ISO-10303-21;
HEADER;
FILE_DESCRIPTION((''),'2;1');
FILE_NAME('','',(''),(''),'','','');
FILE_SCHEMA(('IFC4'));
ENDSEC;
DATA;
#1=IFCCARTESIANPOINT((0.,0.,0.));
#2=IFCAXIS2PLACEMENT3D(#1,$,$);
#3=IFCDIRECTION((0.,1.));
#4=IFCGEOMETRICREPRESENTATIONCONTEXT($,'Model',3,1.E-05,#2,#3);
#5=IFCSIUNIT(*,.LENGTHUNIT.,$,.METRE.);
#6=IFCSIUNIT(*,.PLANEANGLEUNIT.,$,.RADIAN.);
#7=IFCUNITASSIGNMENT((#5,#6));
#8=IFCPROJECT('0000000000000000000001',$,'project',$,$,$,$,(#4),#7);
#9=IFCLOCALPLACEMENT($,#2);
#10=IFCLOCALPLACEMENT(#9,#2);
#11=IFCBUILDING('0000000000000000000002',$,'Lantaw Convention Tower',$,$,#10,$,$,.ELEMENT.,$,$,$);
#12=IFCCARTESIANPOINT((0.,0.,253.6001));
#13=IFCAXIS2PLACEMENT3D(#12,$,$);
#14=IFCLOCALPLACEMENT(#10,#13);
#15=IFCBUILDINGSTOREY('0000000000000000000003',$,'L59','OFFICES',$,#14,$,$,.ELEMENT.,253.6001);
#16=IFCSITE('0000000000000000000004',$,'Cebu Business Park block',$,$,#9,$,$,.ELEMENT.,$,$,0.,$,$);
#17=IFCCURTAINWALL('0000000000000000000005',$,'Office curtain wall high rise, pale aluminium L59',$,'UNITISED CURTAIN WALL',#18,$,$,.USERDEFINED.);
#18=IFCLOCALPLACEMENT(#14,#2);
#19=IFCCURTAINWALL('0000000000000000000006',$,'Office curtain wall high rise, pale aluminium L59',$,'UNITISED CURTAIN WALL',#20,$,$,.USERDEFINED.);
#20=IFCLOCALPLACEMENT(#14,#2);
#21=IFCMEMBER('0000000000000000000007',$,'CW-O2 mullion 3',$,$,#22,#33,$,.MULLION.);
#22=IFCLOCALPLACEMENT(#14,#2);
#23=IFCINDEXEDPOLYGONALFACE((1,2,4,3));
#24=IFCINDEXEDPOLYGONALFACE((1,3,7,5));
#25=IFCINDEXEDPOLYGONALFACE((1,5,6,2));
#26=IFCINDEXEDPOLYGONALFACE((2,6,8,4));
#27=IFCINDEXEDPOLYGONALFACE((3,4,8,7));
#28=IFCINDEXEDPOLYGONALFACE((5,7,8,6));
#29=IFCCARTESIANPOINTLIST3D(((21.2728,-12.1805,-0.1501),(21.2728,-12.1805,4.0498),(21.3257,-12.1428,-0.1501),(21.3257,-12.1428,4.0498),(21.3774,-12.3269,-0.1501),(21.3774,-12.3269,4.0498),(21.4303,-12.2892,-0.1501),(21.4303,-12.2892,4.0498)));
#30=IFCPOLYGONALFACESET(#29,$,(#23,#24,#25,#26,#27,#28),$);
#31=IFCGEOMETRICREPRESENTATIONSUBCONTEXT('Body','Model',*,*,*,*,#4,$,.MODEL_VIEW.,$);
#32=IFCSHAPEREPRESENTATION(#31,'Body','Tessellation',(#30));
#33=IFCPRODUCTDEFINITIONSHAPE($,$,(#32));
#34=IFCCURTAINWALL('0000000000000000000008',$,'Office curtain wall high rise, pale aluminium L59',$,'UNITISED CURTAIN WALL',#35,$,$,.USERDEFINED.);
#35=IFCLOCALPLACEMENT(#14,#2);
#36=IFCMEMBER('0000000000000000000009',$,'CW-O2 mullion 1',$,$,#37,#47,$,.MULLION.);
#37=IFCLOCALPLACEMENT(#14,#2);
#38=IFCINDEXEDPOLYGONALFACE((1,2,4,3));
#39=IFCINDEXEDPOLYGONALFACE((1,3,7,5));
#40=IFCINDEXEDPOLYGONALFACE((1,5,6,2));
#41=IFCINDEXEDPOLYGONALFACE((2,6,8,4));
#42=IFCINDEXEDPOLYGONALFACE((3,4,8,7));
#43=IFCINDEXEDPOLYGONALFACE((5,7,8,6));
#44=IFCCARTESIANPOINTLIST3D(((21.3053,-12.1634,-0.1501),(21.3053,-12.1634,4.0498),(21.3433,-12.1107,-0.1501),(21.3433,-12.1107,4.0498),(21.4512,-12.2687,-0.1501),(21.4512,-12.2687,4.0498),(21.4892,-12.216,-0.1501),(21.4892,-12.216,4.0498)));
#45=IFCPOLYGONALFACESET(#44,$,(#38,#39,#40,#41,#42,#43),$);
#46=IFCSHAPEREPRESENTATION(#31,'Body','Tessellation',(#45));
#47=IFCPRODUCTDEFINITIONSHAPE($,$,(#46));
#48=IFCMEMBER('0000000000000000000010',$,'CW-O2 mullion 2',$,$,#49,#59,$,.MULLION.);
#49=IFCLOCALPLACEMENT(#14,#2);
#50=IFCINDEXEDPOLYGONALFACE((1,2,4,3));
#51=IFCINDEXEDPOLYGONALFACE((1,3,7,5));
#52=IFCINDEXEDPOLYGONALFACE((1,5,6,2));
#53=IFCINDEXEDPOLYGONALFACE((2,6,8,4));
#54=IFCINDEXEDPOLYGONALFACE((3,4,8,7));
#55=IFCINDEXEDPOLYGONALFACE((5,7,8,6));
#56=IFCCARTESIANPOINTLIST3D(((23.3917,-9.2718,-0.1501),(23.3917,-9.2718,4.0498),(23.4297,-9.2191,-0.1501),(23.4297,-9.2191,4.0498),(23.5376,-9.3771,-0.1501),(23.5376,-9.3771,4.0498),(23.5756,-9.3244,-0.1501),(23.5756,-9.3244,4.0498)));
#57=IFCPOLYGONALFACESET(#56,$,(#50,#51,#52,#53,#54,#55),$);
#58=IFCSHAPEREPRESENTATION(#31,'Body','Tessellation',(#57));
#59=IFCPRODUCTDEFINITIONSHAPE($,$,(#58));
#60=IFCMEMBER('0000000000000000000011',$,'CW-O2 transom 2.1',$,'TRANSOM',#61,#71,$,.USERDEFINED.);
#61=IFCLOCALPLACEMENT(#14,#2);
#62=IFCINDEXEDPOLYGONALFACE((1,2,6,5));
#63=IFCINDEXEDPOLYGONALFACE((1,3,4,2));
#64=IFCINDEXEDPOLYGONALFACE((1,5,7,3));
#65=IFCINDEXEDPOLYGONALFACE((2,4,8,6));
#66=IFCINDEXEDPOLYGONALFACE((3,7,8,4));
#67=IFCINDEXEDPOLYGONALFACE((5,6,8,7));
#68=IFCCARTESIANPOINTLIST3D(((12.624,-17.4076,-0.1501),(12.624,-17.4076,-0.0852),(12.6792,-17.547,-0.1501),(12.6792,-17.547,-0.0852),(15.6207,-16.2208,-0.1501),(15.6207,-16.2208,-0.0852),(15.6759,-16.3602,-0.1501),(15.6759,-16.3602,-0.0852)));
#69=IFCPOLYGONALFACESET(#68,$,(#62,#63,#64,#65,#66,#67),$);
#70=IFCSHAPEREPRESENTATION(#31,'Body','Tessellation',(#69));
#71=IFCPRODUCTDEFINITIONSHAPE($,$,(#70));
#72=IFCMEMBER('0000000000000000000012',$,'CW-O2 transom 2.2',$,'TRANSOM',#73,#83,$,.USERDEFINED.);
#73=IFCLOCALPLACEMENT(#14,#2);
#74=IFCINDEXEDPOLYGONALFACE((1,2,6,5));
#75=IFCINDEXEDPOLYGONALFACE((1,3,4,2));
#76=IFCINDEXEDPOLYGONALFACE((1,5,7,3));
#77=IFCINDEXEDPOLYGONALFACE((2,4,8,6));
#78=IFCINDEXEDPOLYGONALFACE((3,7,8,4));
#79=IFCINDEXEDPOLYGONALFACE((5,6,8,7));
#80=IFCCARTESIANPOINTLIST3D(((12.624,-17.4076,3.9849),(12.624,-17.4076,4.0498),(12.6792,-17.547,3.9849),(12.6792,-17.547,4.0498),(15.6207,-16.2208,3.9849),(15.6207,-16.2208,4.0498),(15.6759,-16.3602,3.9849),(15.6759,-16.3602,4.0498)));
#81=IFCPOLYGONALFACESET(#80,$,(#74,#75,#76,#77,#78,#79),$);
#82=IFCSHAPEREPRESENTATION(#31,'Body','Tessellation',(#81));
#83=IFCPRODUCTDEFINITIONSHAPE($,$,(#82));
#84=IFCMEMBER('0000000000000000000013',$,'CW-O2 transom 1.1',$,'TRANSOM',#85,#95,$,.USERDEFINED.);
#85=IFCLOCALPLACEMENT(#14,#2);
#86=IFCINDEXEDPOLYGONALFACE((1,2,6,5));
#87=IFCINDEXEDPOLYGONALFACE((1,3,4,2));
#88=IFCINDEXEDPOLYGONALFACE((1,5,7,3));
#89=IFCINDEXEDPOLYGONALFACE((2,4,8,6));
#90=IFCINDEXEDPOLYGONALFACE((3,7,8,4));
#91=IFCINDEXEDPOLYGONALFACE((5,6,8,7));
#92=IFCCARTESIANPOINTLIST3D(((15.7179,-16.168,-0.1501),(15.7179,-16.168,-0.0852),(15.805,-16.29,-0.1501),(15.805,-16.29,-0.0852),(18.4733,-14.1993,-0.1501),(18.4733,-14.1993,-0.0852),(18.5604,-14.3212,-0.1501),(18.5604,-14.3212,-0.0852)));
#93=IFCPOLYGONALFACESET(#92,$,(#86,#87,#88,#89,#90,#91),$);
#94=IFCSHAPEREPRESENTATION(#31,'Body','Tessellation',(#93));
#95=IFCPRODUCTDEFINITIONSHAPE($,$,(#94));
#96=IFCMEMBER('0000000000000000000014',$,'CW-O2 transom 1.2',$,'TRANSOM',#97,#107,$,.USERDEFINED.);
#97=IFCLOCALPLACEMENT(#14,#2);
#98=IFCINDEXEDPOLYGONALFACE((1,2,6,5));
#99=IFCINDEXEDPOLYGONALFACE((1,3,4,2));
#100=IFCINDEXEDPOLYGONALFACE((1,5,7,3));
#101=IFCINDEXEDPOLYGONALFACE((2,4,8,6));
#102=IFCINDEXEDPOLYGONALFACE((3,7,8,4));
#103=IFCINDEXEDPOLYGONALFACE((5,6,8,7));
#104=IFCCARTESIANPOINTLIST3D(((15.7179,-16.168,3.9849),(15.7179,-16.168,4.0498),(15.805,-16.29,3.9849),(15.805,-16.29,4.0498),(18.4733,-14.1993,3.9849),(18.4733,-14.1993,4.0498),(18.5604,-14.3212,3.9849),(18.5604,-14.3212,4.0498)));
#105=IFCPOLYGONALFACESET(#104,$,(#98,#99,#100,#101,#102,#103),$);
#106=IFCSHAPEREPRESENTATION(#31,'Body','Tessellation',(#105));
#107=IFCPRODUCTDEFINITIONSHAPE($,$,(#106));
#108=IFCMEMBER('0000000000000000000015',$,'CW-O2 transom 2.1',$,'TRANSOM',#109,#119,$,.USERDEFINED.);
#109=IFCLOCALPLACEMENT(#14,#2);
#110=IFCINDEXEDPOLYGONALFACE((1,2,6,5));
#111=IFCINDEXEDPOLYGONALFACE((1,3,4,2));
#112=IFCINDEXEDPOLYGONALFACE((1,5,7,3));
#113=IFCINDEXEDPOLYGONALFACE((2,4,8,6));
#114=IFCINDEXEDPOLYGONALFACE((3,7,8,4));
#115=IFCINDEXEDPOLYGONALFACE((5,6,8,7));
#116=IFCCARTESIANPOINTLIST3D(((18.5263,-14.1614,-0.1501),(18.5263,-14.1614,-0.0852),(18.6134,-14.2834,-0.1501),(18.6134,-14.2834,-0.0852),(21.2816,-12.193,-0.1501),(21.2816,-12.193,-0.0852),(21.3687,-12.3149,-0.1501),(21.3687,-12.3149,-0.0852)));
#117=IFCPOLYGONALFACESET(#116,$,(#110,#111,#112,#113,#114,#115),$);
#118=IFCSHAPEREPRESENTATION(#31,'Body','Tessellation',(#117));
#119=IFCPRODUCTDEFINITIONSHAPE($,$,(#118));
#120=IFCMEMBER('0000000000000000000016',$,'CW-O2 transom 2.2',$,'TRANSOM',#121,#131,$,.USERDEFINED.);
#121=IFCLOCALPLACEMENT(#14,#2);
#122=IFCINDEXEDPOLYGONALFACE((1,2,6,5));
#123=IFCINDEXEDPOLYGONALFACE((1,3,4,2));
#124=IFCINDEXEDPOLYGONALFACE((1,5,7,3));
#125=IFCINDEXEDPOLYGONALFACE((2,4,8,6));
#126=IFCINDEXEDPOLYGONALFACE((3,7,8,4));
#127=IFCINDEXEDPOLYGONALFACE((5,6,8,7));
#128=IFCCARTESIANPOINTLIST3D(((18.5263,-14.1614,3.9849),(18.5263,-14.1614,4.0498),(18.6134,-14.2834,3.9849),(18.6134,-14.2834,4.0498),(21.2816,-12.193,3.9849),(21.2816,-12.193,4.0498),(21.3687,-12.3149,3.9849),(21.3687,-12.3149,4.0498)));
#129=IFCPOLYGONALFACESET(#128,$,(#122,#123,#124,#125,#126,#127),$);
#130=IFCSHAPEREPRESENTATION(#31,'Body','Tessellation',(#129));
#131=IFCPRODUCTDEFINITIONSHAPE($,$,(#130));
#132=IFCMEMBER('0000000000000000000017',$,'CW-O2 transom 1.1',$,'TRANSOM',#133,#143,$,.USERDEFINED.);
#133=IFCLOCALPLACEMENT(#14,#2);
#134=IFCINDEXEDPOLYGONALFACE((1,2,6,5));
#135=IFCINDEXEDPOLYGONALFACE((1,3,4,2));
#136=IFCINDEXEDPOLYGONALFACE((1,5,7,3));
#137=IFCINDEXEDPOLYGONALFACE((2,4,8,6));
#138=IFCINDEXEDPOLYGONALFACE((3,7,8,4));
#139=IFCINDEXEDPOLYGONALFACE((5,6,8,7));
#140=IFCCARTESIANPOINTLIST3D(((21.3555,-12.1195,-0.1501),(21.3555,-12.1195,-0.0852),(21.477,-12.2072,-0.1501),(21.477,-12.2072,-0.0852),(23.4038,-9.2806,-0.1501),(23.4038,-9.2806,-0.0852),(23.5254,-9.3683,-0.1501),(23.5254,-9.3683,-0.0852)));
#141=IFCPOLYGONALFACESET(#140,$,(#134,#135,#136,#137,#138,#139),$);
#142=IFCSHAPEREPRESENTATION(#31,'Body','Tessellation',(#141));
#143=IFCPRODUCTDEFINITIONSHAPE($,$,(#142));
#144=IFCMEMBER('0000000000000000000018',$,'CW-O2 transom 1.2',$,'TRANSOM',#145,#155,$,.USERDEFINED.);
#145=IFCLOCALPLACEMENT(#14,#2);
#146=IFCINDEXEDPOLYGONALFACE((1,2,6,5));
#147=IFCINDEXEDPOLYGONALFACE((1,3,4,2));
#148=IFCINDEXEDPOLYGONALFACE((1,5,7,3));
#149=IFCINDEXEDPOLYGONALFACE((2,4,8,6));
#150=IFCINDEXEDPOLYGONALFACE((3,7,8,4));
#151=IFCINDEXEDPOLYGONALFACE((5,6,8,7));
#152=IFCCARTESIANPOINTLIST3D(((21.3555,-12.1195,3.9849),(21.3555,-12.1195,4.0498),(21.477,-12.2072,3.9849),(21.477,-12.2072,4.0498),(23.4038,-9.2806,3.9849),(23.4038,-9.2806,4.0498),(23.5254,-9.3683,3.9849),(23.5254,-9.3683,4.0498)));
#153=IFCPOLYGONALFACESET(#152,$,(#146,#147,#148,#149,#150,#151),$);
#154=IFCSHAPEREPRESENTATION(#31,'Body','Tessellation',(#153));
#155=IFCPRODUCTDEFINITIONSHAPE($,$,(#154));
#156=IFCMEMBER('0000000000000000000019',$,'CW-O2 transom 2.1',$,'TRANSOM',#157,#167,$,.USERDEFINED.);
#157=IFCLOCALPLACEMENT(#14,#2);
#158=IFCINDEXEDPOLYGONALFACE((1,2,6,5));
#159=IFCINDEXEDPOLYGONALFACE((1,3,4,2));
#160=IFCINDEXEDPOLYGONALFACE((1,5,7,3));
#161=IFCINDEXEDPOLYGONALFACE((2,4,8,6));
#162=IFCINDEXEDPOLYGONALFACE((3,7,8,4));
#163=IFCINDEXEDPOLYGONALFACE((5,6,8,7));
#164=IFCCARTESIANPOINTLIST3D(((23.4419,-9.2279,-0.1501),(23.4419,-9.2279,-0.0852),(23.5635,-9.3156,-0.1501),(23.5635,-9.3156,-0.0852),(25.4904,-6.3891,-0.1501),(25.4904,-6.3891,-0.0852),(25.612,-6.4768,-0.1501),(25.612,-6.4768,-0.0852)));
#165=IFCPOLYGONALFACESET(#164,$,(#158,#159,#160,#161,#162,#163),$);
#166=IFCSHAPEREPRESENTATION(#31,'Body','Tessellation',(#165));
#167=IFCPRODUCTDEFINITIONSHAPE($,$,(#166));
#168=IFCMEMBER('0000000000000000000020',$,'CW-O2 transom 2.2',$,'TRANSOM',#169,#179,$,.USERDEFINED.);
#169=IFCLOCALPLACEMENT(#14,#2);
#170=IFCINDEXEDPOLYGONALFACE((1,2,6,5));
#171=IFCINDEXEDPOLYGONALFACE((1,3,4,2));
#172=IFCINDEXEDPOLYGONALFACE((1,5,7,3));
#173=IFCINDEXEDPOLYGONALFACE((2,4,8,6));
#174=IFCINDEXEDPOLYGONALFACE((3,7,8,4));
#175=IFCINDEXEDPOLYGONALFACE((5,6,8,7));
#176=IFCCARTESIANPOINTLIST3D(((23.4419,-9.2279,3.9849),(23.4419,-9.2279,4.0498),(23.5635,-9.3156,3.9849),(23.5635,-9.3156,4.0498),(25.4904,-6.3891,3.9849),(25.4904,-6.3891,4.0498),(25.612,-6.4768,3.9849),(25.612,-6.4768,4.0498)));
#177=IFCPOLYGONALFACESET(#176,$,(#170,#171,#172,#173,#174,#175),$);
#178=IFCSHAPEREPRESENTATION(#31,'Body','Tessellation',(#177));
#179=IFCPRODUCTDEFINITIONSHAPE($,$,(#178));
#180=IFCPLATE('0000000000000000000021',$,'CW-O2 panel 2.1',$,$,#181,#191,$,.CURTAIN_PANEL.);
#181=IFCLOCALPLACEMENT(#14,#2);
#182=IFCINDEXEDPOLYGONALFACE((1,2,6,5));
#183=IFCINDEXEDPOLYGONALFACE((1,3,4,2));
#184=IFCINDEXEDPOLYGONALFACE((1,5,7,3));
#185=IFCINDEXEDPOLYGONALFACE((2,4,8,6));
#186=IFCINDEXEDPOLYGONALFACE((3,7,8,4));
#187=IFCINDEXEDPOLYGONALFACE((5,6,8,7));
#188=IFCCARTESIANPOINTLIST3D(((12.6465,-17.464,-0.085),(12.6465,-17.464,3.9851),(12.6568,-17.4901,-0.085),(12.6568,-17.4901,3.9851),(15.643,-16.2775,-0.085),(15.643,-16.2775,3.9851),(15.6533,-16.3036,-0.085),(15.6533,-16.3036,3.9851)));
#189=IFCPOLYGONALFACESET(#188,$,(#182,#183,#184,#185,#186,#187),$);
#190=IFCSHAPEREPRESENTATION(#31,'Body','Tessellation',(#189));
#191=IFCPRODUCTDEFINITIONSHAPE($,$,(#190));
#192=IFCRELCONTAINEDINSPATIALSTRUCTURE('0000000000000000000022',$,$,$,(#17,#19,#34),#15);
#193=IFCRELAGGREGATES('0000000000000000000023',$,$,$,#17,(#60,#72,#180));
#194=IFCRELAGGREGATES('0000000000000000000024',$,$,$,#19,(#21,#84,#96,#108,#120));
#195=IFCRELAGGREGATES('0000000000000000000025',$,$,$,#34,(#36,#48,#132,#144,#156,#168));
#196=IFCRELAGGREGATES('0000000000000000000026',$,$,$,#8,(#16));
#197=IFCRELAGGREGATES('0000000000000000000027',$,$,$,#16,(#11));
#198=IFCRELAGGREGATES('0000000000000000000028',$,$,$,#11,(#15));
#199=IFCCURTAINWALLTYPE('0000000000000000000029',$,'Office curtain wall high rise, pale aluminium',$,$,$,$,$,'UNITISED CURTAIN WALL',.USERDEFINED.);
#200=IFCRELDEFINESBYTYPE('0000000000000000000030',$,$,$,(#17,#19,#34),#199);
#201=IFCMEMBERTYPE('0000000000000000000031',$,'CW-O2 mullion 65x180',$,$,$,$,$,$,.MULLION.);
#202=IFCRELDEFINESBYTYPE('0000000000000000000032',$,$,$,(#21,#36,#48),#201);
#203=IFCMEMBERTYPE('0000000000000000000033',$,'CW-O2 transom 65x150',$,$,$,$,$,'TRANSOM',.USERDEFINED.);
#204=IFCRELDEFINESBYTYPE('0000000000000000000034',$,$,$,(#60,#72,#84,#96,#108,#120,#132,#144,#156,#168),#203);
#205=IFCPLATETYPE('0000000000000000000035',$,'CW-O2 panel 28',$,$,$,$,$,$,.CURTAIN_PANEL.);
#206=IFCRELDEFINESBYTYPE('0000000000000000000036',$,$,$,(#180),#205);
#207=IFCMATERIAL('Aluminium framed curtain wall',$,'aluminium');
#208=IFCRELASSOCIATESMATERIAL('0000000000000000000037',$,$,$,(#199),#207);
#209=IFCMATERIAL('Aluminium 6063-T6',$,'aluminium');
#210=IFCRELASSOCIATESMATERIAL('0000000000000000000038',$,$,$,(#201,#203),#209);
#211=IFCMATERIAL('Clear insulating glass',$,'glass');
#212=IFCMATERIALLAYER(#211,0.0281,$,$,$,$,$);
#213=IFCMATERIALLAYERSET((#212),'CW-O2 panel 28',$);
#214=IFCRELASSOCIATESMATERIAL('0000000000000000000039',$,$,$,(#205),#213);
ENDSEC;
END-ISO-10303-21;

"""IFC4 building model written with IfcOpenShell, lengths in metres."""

from ifc_helpers import new_model, si_unit, direction, frame, origin, origin_2d, place, context, subcontext, project, spatial, rectangle, extrude, material, layer, layer_set, material_profile, profile_set, type_object, element, aggregate, save


model = new_model("IFC4")

# Units and contexts
model_context = context("Model", 3, precision=1e-05, world=origin(), true_north=direction((0.0, 1.0)))
body_context = subcontext(model_context, "Body", "Model", "MODEL_VIEW")
ifc_project = project(units=[si_unit("LENGTHUNIT", "METRE"), si_unit("PLANEANGLEUNIT", "RADIAN")], contexts=[model_context])

# Site, building, storey
site_placement = place(None, origin())
site = spatial("IfcSite", under=ifc_project, at=site_placement, Name="Cebu Business Park block", CompositionType="ELEMENT", RefElevation=0.0)
building_placement = place(site_placement, origin())
building = spatial("IfcBuilding", under=site, at=building_placement, Name="Lantaw Convention Tower", CompositionType="ELEMENT")
storey_placement = place(building_placement, frame((0.0, 0.0, 253.6001)))
storey = spatial("IfcBuildingStorey", under=building, at=storey_placement, Name="L59", Description="OFFICES", CompositionType="ELEMENT", Elevation=253.6001)

# Curtain wall
ifc_material_1 = material(Name="Aluminium framed curtain wall", Category="aluminium")
curtain_wall_type = type_object("IfcCurtainWallType", Name="Office curtain wall high rise, pale aluminium", ElementType="UNITISED CURTAIN WALL", PredefinedType="USERDEFINED", material=ifc_material_1)
curtain_wall_1_placement = place(storey_placement, origin())
curtain_wall_1 = element("IfcCurtainWall", 1, at=curtain_wall_1_placement, inside=storey, type_object=curtain_wall_type, Name="Office curtain wall high rise, pale aluminium L59", ObjectType="UNITISED CURTAIN WALL", PredefinedType="USERDEFINED")
ifc_material_2 = material(Name="Aluminium 6063-T6", Category="aluminium")
ifc_material_profile_1 = material_profile(ifc_material_2, rectangle(XDim=0.1799, YDim=0.0649, at=origin_2d()), Name="CW-O2 mullion 65x180")
ifc_profile_set_1 = profile_set([ifc_material_profile_1], Name="Aluminium 6063-T6")
member_type_1 = type_object("IfcMemberType", Name="CW-O2 mullion 65x180", PredefinedType="MULLION", material=ifc_profile_set_1)

# Curtain walls, members
curtain_wall_2_placement = place(storey_placement, origin())
curtain_wall_2 = element("IfcCurtainWall", 2, at=curtain_wall_2_placement, inside=storey, type_object=curtain_wall_type, Name="Office curtain wall high rise, pale aluminium L59", ObjectType="UNITISED CURTAIN WALL", PredefinedType="USERDEFINED")
member_1_placement = place(storey_placement, frame((21.3516, -12.2349, -0.1501), z_axis=(0.0, 0.0, 1.0), x_axis=(-0.581323, 0.813673, 0.0)))
member_1 = element("IfcMember", 3, at=member_1_placement, type_object=member_type_1, Name="CW-O2 mullion 3", PredefinedType="MULLION", context=body_context, shape_type="SweptSolid", body=[
    extrude(rectangle(XDim=0.1799, YDim=0.0649, at=origin_2d()), origin(), (0.0, 0.0, 1.0), 4.2),
])
curtain_wall_3_placement = place(storey_placement, origin())
curtain_wall_3 = element("IfcCurtainWall", 4, at=curtain_wall_3_placement, inside=storey, type_object=curtain_wall_type, Name="Office curtain wall high rise, pale aluminium L59", ObjectType="UNITISED CURTAIN WALL", PredefinedType="USERDEFINED")
member_2_placement = place(storey_placement, frame((21.3972, -12.1897, -0.1501), z_axis=(0.0, 0.0, 1.0), x_axis=(-0.81092, 0.585158, 0.0)))
member_2 = element("IfcMember", 5, at=member_2_placement, type_object=member_type_1, Name="CW-O2 mullion 1", PredefinedType="MULLION", context=body_context, shape_type="SweptSolid", body=[
    extrude(rectangle(XDim=0.1799, YDim=0.0649, at=origin_2d()), origin(), (0.0, 0.0, 1.0), 4.2),
])
member_3_placement = place(storey_placement, frame((23.4836, -9.2981, -0.1501), z_axis=(0.0, 0.0, 1.0), x_axis=(-0.81092, 0.585158, 0.0)))
member_3 = element("IfcMember", 6, at=member_3_placement, type_object=member_type_1, Name="CW-O2 mullion 2", PredefinedType="MULLION", context=body_context, shape_type="SweptSolid", body=[
    extrude(rectangle(XDim=0.1799, YDim=0.0649, at=origin_2d()), origin(), (0.0, 0.0, 1.0), 4.2),
])

# Members
ifc_material_profile_2 = material_profile(ifc_material_2, rectangle(XDim=0.1499, YDim=0.0649, at=origin_2d()), Name="CW-O2 transom 65x150")
ifc_profile_set_2 = profile_set([ifc_material_profile_2], Name="Aluminium 6063-T6")
member_type_2 = type_object("IfcMemberType", Name="CW-O2 transom 65x150", ElementType="TRANSOM", PredefinedType="USERDEFINED", material=ifc_profile_set_2)
member_4_placement = place(storey_placement, frame((12.6516, -17.4773, -0.1177), z_axis=(0.929741, 0.368215, 0.0), x_axis=(-0.368215, 0.929741, 0.0)))
member_4 = element("IfcMember", 7, at=member_4_placement, type_object=member_type_2, Name="CW-O2 transom 2.1", ObjectType="TRANSOM", PredefinedType="USERDEFINED", context=body_context, shape_type="SweptSolid", body=[
    extrude(rectangle(XDim=0.1499, YDim=0.0649, at=origin_2d()), origin(), (0.0, 0.0, 1.0), 3.2231),
])
member_5_placement = place(storey_placement, frame((12.6516, -17.4773, 4.0173), z_axis=(0.929741, 0.368215, 0.0), x_axis=(-0.368215, 0.929741, 0.0)))
member_5 = element("IfcMember", 8, at=member_5_placement, type_object=member_type_2, Name="CW-O2 transom 2.2", ObjectType="TRANSOM", PredefinedType="USERDEFINED", context=body_context, shape_type="SweptSolid", body=[
    extrude(rectangle(XDim=0.1499, YDim=0.0649, at=origin_2d()), origin(), (0.0, 0.0, 1.0), 3.2231),
])
member_6_placement = place(storey_placement, frame((15.7615, -16.229, -0.1177), z_axis=(0.813646, 0.581361, 0.0), x_axis=(-0.581361, 0.813646, 0.0)))
member_6 = element("IfcMember", 9, at=member_6_placement, type_object=member_type_2, Name="CW-O2 transom 1.1", ObjectType="TRANSOM", PredefinedType="USERDEFINED", context=body_context, shape_type="SweptSolid", body=[
    extrude(rectangle(XDim=0.1499, YDim=0.0649, at=origin_2d()), origin(), (0.0, 0.0, 1.0), 3.3865),
])
member_7_placement = place(storey_placement, frame((15.7615, -16.229, 4.0173), z_axis=(0.813646, 0.581361, 0.0), x_axis=(-0.581361, 0.813646, 0.0)))
member_7 = element("IfcMember", 10, at=member_7_placement, type_object=member_type_2, Name="CW-O2 transom 1.2", ObjectType="TRANSOM", PredefinedType="USERDEFINED", context=body_context, shape_type="SweptSolid", body=[
    extrude(rectangle(XDim=0.1499, YDim=0.0649, at=origin_2d()), origin(), (0.0, 0.0, 1.0), 3.3865),
])
member_8_placement = place(storey_placement, frame((18.5698, -14.2224, -0.1177), z_axis=(0.81368, 0.581313, 0.0), x_axis=(-0.581313, 0.81368, 0.0)))
member_8 = element("IfcMember", 11, at=member_8_placement, type_object=member_type_2, Name="CW-O2 transom 2.1", ObjectType="TRANSOM", PredefinedType="USERDEFINED", context=body_context, shape_type="SweptSolid", body=[
    extrude(rectangle(XDim=0.1499, YDim=0.0649, at=origin_2d()), origin(), (0.0, 0.0, 1.0), 3.3862),
])
member_9_placement = place(storey_placement, frame((18.5698, -14.2224, 4.0173), z_axis=(0.81368, 0.581313, 0.0), x_axis=(-0.581313, 0.81368, 0.0)))
member_9 = element("IfcMember", 12, at=member_9_placement, type_object=member_type_2, Name="CW-O2 transom 2.2", ObjectType="TRANSOM", PredefinedType="USERDEFINED", context=body_context, shape_type="SweptSolid", body=[
    extrude(rectangle(XDim=0.1499, YDim=0.0649, at=origin_2d()), origin(), (0.0, 0.0, 1.0), 3.3862),
])
member_10_placement = place(storey_placement, frame((21.4163, -12.1633, -0.1177), z_axis=(0.585124, 0.810944, 0.0), x_axis=(-0.810944, 0.585124, 0.0)))
member_10 = element("IfcMember", 13, at=member_10_placement, type_object=member_type_2, Name="CW-O2 transom 1.1", ObjectType="TRANSOM", PredefinedType="USERDEFINED", context=body_context, shape_type="SweptSolid", body=[
    extrude(rectangle(XDim=0.1499, YDim=0.0649, at=origin_2d()), origin(), (0.0, 0.0, 1.0), 3.5007),
])
member_11_placement = place(storey_placement, frame((21.4163, -12.1633, 4.0173), z_axis=(0.585124, 0.810944, 0.0), x_axis=(-0.810944, 0.585124, 0.0)))
member_11 = element("IfcMember", 14, at=member_11_placement, type_object=member_type_2, Name="CW-O2 transom 1.2", ObjectType="TRANSOM", PredefinedType="USERDEFINED", context=body_context, shape_type="SweptSolid", body=[
    extrude(rectangle(XDim=0.1499, YDim=0.0649, at=origin_2d()), origin(), (0.0, 0.0, 1.0), 3.5007),
])
member_12_placement = place(storey_placement, frame((23.5027, -9.2717, -0.1177), z_axis=(0.58517, 0.810911, 0.0), x_axis=(-0.810911, 0.58517, 0.0)))
member_12 = element("IfcMember", 15, at=member_12_placement, type_object=member_type_2, Name="CW-O2 transom 2.1", ObjectType="TRANSOM", PredefinedType="USERDEFINED", context=body_context, shape_type="SweptSolid", body=[
    extrude(rectangle(XDim=0.1499, YDim=0.0649, at=origin_2d()), origin(), (0.0, 0.0, 1.0), 3.5007),
])
member_13_placement = place(storey_placement, frame((23.5027, -9.2717, 4.0173), z_axis=(0.58517, 0.810911, 0.0), x_axis=(-0.810911, 0.58517, 0.0)))
member_13 = element("IfcMember", 16, at=member_13_placement, type_object=member_type_2, Name="CW-O2 transom 2.2", ObjectType="TRANSOM", PredefinedType="USERDEFINED", context=body_context, shape_type="SweptSolid", body=[
    extrude(rectangle(XDim=0.1499, YDim=0.0649, at=origin_2d()), origin(), (0.0, 0.0, 1.0), 3.5007),
])

# Plate
ifc_material_3 = material(Name="Clear insulating glass", Category="glass")
ifc_layer_1 = layer(ifc_material_3, 0.0281)
ifc_layer_set_1 = layer_set([ifc_layer_1], Name="CW-O2 panel 28")
plate_type_1 = type_object("IfcPlateType", Name="CW-O2 panel 28", PredefinedType="CURTAIN_PANEL", material=ifc_layer_set_1)
plate_1_placement = place(storey_placement, frame((14.1499, -16.8838, -0.085), z_axis=(0.0, 0.0, 1.0), x_axis=(0.929762, 0.368162, 0.0)))
plate_1 = element("IfcPlate", 17, at=plate_1_placement, type_object=plate_type_1, Name="CW-O2 panel 2.1", PredefinedType="CURTAIN_PANEL", context=body_context, shape_type="SweptSolid", body=[
    extrude(rectangle(XDim=3.2229, YDim=0.0281, at=origin_2d()), origin(), (0.0, 0.0, 1.0), 4.0701),
])
aggregate(curtain_wall_1, [member_4, member_5, plate_1])
aggregate(curtain_wall_2, [member_1, member_6, member_7, member_8, member_9])
aggregate(curtain_wall_3, [member_2, member_3, member_10, member_11, member_12, member_13])

save(model, "model.ifc")
